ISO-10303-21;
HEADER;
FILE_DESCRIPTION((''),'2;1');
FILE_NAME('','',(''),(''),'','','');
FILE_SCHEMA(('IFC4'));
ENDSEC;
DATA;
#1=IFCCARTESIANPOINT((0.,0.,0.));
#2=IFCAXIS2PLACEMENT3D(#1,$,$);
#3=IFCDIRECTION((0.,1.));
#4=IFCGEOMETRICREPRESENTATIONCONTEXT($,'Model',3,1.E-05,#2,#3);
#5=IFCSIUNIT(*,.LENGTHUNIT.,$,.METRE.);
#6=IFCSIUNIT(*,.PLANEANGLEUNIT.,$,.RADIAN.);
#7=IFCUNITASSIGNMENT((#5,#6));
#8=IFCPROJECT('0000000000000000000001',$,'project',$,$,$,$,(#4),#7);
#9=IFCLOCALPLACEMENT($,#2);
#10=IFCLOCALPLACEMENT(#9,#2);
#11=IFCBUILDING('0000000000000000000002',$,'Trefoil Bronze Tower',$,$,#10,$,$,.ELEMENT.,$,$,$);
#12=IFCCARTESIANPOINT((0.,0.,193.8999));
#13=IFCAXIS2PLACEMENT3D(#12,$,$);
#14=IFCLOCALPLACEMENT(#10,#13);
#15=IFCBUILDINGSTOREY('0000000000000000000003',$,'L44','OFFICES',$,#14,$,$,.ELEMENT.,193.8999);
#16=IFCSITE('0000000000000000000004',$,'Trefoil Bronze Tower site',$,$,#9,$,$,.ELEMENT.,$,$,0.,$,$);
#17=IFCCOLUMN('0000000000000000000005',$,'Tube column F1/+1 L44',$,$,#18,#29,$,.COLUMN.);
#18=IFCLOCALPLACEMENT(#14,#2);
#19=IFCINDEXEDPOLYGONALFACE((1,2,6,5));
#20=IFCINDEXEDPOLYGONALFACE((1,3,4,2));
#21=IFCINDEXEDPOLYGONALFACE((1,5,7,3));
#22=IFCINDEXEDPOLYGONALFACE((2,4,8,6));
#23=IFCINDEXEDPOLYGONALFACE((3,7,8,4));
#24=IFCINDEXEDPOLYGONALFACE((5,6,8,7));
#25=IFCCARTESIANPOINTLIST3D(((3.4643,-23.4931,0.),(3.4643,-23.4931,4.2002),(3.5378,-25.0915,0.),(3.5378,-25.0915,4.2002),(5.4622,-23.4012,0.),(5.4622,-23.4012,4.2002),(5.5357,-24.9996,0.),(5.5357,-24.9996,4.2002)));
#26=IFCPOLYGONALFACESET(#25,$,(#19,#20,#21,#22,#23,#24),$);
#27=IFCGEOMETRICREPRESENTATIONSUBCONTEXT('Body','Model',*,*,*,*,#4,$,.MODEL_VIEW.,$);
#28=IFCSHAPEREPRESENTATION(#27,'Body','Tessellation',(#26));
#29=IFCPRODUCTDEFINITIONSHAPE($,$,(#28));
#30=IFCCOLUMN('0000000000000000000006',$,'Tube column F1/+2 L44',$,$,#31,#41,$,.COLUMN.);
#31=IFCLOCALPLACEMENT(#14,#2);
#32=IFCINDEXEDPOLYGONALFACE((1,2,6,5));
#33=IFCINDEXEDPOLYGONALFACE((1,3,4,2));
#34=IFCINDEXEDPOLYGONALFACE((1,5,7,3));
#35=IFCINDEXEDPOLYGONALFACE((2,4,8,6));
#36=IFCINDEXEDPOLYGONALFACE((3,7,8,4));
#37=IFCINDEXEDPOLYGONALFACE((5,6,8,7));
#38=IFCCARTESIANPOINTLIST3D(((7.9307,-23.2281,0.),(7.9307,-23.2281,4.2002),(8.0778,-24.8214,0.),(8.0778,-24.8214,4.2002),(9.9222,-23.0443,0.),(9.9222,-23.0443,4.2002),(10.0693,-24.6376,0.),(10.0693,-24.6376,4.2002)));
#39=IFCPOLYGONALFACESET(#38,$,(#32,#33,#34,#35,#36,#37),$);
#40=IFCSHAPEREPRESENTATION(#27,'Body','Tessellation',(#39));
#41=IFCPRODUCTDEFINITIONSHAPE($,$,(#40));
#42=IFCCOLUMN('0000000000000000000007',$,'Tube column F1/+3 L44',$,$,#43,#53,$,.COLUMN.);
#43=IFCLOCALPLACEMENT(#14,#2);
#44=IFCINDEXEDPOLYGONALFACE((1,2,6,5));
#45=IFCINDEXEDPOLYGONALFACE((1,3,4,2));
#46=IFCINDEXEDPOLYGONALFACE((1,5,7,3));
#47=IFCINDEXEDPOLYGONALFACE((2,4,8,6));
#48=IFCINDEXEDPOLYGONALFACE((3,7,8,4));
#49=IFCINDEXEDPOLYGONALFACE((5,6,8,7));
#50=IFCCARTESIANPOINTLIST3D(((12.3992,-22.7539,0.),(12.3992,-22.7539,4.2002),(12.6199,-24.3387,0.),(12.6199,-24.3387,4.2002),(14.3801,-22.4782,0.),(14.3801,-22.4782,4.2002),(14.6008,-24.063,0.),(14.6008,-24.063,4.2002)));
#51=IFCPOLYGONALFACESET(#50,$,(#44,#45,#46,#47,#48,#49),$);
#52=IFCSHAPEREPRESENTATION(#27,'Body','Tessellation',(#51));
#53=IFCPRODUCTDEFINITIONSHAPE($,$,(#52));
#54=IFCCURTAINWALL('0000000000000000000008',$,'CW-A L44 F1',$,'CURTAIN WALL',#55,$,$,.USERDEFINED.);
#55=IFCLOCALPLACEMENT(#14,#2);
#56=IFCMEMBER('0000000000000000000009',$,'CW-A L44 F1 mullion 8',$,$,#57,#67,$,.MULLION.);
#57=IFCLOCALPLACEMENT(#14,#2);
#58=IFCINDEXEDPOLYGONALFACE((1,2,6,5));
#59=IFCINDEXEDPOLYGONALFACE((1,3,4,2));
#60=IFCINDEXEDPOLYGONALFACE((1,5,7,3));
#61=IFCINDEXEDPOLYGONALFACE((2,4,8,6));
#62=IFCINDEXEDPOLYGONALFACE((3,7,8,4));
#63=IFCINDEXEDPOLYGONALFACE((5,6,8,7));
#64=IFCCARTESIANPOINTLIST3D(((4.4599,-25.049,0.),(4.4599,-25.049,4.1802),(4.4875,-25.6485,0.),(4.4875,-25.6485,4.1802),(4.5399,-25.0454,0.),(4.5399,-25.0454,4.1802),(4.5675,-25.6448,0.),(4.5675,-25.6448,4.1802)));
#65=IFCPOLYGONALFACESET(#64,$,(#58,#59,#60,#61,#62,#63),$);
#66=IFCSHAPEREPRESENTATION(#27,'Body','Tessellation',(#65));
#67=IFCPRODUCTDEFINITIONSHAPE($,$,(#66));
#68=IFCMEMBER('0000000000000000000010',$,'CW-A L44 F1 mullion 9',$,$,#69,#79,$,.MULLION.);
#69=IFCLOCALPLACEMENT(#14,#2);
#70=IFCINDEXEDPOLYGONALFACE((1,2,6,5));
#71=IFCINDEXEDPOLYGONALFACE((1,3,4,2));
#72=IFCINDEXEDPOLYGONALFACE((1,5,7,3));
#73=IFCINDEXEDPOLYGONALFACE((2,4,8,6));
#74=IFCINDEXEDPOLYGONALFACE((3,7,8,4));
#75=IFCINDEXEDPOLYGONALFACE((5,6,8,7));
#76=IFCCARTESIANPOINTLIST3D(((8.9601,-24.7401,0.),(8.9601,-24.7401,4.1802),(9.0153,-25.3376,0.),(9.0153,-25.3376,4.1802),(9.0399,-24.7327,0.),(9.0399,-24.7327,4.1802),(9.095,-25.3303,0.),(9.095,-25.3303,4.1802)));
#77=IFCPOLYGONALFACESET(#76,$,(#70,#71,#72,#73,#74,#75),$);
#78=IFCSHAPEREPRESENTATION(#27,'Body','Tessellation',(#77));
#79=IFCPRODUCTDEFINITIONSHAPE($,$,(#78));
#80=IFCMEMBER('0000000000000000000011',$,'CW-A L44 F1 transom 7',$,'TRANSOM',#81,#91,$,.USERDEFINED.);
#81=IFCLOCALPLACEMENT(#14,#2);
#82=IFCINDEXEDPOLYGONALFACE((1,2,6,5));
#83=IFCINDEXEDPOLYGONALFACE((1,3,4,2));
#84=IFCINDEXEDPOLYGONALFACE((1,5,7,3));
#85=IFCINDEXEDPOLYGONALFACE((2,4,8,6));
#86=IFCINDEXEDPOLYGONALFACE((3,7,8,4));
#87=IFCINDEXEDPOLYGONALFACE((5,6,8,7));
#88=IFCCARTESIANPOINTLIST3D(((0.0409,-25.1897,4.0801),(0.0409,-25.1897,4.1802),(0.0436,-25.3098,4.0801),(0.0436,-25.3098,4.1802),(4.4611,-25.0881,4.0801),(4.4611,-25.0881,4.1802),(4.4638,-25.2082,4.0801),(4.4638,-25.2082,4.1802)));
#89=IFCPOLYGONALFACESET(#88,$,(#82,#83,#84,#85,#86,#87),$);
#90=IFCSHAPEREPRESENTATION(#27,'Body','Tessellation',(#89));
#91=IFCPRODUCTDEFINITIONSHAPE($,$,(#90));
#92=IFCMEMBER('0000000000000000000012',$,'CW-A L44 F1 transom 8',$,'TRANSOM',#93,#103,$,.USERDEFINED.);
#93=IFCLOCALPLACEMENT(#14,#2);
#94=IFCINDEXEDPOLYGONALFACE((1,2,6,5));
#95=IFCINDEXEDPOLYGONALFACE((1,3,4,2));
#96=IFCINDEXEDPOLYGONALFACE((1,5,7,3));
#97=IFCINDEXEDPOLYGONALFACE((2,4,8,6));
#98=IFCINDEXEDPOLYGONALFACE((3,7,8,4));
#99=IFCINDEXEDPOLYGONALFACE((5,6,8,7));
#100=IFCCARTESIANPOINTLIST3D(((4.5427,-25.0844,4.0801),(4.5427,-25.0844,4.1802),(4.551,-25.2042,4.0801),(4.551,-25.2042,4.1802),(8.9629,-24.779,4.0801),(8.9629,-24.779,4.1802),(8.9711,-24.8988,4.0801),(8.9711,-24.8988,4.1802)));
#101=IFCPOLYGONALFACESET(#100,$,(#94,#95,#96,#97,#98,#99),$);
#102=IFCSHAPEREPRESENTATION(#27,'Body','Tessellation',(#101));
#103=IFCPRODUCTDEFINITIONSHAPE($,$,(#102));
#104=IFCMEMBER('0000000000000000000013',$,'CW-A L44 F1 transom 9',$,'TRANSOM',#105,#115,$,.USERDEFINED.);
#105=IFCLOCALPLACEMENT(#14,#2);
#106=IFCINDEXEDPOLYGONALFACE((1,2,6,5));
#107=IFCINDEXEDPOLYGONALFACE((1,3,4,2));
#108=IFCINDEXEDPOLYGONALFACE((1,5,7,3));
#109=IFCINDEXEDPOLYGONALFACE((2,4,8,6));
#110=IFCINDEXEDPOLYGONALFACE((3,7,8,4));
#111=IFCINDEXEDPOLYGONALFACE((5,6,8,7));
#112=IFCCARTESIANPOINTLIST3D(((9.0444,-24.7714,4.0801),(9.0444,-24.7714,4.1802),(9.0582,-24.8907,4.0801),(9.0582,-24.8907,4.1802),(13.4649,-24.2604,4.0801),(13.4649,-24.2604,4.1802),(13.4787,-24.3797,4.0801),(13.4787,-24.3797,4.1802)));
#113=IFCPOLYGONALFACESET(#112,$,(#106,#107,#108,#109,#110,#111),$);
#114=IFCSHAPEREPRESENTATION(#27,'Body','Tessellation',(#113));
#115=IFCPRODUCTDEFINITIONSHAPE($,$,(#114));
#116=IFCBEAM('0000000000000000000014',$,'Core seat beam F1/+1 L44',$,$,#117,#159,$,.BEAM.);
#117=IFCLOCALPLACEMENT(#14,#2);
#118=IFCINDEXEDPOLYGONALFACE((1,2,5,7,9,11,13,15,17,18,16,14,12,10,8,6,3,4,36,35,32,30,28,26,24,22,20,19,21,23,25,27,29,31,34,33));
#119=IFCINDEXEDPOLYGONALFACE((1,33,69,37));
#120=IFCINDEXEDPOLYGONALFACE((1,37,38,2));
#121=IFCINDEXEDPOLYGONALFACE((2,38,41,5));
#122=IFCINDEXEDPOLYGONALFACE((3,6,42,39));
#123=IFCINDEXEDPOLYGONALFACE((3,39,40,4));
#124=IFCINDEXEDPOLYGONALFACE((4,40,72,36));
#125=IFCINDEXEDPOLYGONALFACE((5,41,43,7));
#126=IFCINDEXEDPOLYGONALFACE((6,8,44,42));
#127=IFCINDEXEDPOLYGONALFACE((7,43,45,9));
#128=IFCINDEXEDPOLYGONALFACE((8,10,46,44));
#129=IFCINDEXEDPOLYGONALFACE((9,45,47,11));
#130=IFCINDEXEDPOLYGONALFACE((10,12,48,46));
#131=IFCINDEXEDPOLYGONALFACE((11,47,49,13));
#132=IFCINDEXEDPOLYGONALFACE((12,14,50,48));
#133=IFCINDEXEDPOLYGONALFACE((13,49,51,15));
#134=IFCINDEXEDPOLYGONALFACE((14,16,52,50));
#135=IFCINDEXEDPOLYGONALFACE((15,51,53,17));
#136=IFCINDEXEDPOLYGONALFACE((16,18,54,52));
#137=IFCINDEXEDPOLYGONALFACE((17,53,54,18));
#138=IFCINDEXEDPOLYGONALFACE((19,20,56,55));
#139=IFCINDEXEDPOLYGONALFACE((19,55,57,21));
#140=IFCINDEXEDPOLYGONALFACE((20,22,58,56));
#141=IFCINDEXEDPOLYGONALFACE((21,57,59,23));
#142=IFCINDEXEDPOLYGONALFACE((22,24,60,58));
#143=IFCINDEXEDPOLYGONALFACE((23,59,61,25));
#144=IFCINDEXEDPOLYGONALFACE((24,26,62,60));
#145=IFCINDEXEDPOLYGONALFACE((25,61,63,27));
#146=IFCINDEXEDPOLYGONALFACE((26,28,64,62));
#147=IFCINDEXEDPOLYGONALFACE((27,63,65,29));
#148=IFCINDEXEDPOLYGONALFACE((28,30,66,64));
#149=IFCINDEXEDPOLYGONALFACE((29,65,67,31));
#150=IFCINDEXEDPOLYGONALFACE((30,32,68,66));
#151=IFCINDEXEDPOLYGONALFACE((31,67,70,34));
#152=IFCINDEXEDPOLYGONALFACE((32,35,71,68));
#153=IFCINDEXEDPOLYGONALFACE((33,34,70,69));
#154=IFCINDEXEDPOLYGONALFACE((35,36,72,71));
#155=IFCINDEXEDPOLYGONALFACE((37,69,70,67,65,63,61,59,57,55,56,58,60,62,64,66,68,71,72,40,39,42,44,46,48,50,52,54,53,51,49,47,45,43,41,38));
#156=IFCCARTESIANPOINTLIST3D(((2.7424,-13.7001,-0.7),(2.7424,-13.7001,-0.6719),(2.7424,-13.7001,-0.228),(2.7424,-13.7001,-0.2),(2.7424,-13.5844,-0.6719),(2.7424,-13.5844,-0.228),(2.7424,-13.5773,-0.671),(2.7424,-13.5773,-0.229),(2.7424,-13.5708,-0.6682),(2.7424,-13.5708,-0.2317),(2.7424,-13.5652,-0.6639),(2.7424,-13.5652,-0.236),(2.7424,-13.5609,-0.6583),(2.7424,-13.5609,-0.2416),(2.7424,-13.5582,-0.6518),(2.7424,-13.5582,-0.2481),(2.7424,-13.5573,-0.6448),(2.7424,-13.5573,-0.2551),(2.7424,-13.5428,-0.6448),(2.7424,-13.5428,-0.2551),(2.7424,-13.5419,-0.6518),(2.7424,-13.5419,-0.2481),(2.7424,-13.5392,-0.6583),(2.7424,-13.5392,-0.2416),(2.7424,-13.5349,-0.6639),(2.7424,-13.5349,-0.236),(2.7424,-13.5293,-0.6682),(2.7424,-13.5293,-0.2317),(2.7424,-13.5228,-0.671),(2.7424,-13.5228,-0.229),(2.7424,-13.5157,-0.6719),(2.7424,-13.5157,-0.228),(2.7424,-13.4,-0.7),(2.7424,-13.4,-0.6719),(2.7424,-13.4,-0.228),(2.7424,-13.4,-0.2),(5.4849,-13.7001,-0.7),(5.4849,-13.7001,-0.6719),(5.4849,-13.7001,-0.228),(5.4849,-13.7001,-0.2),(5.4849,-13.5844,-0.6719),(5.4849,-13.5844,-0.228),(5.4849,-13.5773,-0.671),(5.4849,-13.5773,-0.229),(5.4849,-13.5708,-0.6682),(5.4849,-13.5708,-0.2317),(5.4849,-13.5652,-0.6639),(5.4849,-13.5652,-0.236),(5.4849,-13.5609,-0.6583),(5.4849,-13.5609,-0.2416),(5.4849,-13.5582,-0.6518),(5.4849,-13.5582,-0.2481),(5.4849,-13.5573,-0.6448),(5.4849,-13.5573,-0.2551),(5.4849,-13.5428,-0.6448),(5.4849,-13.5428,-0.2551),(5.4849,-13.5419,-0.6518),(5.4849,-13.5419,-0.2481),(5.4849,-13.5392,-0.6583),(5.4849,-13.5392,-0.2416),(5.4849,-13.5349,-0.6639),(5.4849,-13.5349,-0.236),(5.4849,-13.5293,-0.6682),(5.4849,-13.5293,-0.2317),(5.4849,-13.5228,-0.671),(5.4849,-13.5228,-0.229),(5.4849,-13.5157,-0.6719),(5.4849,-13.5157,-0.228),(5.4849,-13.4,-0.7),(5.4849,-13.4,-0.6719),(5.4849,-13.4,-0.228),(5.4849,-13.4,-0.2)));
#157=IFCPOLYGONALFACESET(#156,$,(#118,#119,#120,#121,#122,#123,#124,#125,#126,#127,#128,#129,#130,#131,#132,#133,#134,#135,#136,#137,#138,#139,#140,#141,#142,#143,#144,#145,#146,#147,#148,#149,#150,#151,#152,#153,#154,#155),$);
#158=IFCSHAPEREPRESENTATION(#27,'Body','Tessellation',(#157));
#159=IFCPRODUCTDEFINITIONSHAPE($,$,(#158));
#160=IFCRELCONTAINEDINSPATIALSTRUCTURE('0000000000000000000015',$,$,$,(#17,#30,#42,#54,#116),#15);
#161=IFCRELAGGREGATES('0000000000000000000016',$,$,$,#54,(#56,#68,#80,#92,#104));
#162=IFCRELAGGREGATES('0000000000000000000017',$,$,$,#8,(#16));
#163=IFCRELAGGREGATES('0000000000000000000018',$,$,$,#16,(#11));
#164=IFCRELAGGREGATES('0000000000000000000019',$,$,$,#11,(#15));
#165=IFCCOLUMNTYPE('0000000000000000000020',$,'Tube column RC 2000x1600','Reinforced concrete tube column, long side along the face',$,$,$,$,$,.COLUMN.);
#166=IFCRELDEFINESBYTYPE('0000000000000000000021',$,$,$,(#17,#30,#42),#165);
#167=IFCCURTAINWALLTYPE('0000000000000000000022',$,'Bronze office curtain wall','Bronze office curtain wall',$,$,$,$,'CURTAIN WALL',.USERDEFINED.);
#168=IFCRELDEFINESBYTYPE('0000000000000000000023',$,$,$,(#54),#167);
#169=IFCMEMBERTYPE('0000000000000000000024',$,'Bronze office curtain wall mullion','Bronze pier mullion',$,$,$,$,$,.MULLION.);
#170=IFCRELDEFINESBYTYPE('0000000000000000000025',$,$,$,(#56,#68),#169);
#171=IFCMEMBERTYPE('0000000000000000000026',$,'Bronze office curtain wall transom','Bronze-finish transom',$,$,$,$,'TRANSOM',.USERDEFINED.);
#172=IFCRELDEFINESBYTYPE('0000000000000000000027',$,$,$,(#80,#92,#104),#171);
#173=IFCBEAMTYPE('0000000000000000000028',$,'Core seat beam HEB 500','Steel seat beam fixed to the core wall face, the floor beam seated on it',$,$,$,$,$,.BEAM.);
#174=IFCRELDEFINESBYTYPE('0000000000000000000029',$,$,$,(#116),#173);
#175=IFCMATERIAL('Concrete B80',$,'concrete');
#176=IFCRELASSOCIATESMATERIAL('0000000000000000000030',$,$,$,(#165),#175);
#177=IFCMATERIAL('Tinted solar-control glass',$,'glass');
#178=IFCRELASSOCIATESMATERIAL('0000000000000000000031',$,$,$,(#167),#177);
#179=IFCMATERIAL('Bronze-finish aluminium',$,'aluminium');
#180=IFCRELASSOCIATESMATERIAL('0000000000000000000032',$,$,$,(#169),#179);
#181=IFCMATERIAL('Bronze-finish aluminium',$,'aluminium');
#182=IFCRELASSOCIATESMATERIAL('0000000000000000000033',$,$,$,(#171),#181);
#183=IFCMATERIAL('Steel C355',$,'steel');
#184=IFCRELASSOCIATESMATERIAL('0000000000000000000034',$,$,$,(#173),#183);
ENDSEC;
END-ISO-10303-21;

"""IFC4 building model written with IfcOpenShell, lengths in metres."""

from ifc_helpers import new_model, si_unit, direction, frame, origin, origin_2d, place, context, subcontext, project, spatial, rectangle, i_section, extrude, material, material_profile, profile_set, type_object, element, aggregate, save


model = new_model("IFC4")

# Units and contexts
model_context = context("Model", 3, precision=1e-05, world=origin(), true_north=direction((0.0, 1.0)))
body_context = subcontext(model_context, "Body", "Model", "MODEL_VIEW")
ifc_project = project(units=[si_unit("LENGTHUNIT", "METRE"), si_unit("PLANEANGLEUNIT", "RADIAN")], contexts=[model_context])

# Site, building, storey
site_placement = place(None, origin())
site = spatial("IfcSite", under=ifc_project, at=site_placement, Name="Trefoil Bronze Tower site", CompositionType="ELEMENT", RefElevation=0.0)
building_placement = place(site_placement, origin())
building = spatial("IfcBuilding", under=site, at=building_placement, Name="Trefoil Bronze Tower", CompositionType="ELEMENT")
storey_placement = place(building_placement, frame((0.0, 0.0, 193.8999)))
storey = spatial("IfcBuildingStorey", under=building, at=storey_placement, Name="L44", Description="OFFICES", CompositionType="ELEMENT", Elevation=193.8999)

# Columns
ifc_material_1 = material(Name="Concrete B80", Category="concrete")
ifc_material_profile_1 = material_profile(ifc_material_1, rectangle(XDim=2.0, YDim=1.6001, at=origin_2d()), Name="RC 2000x1600")
ifc_profile_set_1 = profile_set([ifc_material_profile_1], Name="Concrete B80")
column_type = type_object("IfcColumnType", Name="Tube column RC 2000x1600", Description="Reinforced concrete tube column, long side along the face", PredefinedType="COLUMN", material=ifc_profile_set_1)
for number, where, z_axis, x_axis, name in (
    (1, (4.5, -24.2463, 0.0), (0.0, 0.0, 1.0), (0.998943, 0.045956, 0.0), "Tube column F1/+1 L44"),
    (2, (9.0, -23.9329, 0.0), (0.0, 0.0, 1.0), (0.995767, 0.091911, 0.0), "Tube column F1/+2 L44"),
    (3, (13.5, -23.4084, 0.0), (0.0, 0.0, 1.0), (0.990451, 0.137868, 0.0), "Tube column F1/+3 L44"),
):
    element("IfcColumn", number, at=place(storey_placement, frame(where, z_axis=z_axis, x_axis=x_axis)), inside=storey, type_object=column_type, Name=name, PredefinedType="COLUMN", context=body_context, shape_type="SweptSolid", body=[
        extrude(rectangle(XDim=2.0, YDim=1.6001, at=origin_2d()), origin(), (0.0, 0.0, 1.0), 4.2002),
    ])

# Curtain wall, members
ifc_material_2 = material(Name="Tinted solar-control glass", Category="glass")
curtain_wall_type = type_object("IfcCurtainWallType", Name="Bronze office curtain wall", Description="Bronze office curtain wall", ElementType="CURTAIN WALL", PredefinedType="USERDEFINED", material=ifc_material_2)
curtain_wall_placement = place(storey_placement, origin())
curtain_wall = element("IfcCurtainWall", 4, at=curtain_wall_placement, inside=storey, type_object=curtain_wall_type, Name="CW-A L44 F1", ObjectType="CURTAIN WALL", PredefinedType="USERDEFINED")
ifc_material_3 = material(Name="Bronze-finish aluminium", Category="aluminium")
ifc_material_profile_2 = material_profile(ifc_material_3, rectangle(XDim=0.6001, YDim=0.0801, at=origin_2d()), Name="CW-A mullion")
ifc_profile_set_2 = profile_set([ifc_material_profile_2], Name="Bronze-finish aluminium")
member_type_1 = type_object("IfcMemberType", Name="Bronze office curtain wall mullion", Description="Bronze pier mullion", PredefinedType="MULLION", material=ifc_profile_set_2)
member_1_placement = place(storey_placement, frame((4.5137, -25.3469, 0.0), z_axis=(0.0, 0.0, 1.0), x_axis=(-0.045956, 0.998943, 0.0)))
member_1 = element("IfcMember", 5, at=member_1_placement, type_object=member_type_1, Name="CW-A L44 F1 mullion 8", PredefinedType="MULLION", context=body_context, shape_type="SweptSolid", body=[
    extrude(rectangle(XDim=0.6001, YDim=0.0801, at=origin_2d()), origin(), (0.0, 0.0, 1.0), 4.1802),
])
member_2_placement = place(storey_placement, frame((9.0276, -25.0352, 0.0), z_axis=(0.0, 0.0, 1.0), x_axis=(-0.091911, 0.995767, 0.0)))
member_2 = element("IfcMember", 6, at=member_2_placement, type_object=member_type_1, Name="CW-A L44 F1 mullion 9", PredefinedType="MULLION", context=body_context, shape_type="SweptSolid", body=[
    extrude(rectangle(XDim=0.6001, YDim=0.0801, at=origin_2d()), origin(), (0.0, 0.0, 1.0), 4.1802),
])
ifc_material_4 = material(Name="Bronze-finish aluminium", Category="aluminium")
ifc_material_profile_3 = material_profile(ifc_material_4, rectangle(XDim=0.1201, YDim=0.1001, at=origin_2d()), Name="CW-A transom")
ifc_profile_set_3 = profile_set([ifc_material_profile_3], Name="Bronze-finish aluminium")
member_type_2 = type_object("IfcMemberType", Name="Bronze office curtain wall transom", Description="Bronze-finish transom", ElementType="TRANSOM", PredefinedType="USERDEFINED", material=ifc_profile_set_3)
member_3_placement = place(storey_placement, frame((0.0422, -25.2498, 4.1301), z_axis=(0.999736, 0.022971, 0.0), x_axis=(-0.022971, 0.999736, 0.0)))
member_3 = element("IfcMember", 7, at=member_3_placement, type_object=member_type_2, Name="CW-A L44 F1 transom 7", ObjectType="TRANSOM", PredefinedType="USERDEFINED", context=body_context, shape_type="SweptSolid", body=[
    extrude(rectangle(XDim=0.1201, YDim=0.1001, at=origin_2d()), origin(), (0.0, 0.0, 1.0), 4.4214),
])
member_4_placement = place(storey_placement, frame((4.5469, -25.1443, 4.1301), z_axis=(0.997621, 0.068933, 0.0), x_axis=(-0.068933, 0.997621, 0.0)))
member_4 = element("IfcMember", 8, at=member_4_placement, type_object=member_type_2, Name="CW-A L44 F1 transom 8", ObjectType="TRANSOM", PredefinedType="USERDEFINED", context=body_context, shape_type="SweptSolid", body=[
    extrude(rectangle(XDim=0.1201, YDim=0.1001, at=origin_2d()), origin(), (0.0, 0.0, 1.0), 4.4307),
])
member_5_placement = place(storey_placement, frame((9.0513, -24.8311, 4.1301), z_axis=(0.993385, 0.114832, 0.0), x_axis=(-0.114832, 0.993385, 0.0)))
member_5 = element("IfcMember", 9, at=member_5_placement, type_object=member_type_2, Name="CW-A L44 F1 transom 9", ObjectType="TRANSOM", PredefinedType="USERDEFINED", context=body_context, shape_type="SweptSolid", body=[
    extrude(rectangle(XDim=0.1201, YDim=0.1001, at=origin_2d()), origin(), (0.0, 0.0, 1.0), 4.45),
])

# Beam
ifc_material_5 = material(Name="Steel C355", Category="steel")
ifc_material_profile_4 = material_profile(ifc_material_5, i_section(OverallWidth=0.3, OverallDepth=0.5, WebThickness=0.0144, FlangeThickness=0.0281, FilletRadius=0.0271, at=origin_2d()), Name="HEB 500")
ifc_profile_set_4 = profile_set([ifc_material_profile_4], Name="Steel C355")
beam_type_1 = type_object("IfcBeamType", Name="Core seat beam HEB 500", Description="Steel seat beam fixed to the core wall face, the floor beam seated on it", PredefinedType="BEAM", material=ifc_profile_set_4)
for number, where, z_axis, x_axis, name in (
    (10, (2.7424, -13.55, -0.45), (1.0, 0.0, 0.0), (0.0, 1.0, 0.0), "Core seat beam F1/+1 L44"),
):
    element("IfcBeam", number, at=place(storey_placement, frame(where, z_axis=z_axis, x_axis=x_axis)), inside=storey, type_object=beam_type_1, Name=name, PredefinedType="BEAM", context=body_context, shape_type="SweptSolid", body=[
        extrude(i_section(OverallWidth=0.3, OverallDepth=0.5, WebThickness=0.0144, FlangeThickness=0.0281, FilletRadius=0.0271, at=origin_2d()), origin(), (0.0, 0.0, 1.0), 2.7424),
    ])

aggregate(curtain_wall, [member_1, member_2, member_3, member_4, member_5])

save(model, "model.ifc")
